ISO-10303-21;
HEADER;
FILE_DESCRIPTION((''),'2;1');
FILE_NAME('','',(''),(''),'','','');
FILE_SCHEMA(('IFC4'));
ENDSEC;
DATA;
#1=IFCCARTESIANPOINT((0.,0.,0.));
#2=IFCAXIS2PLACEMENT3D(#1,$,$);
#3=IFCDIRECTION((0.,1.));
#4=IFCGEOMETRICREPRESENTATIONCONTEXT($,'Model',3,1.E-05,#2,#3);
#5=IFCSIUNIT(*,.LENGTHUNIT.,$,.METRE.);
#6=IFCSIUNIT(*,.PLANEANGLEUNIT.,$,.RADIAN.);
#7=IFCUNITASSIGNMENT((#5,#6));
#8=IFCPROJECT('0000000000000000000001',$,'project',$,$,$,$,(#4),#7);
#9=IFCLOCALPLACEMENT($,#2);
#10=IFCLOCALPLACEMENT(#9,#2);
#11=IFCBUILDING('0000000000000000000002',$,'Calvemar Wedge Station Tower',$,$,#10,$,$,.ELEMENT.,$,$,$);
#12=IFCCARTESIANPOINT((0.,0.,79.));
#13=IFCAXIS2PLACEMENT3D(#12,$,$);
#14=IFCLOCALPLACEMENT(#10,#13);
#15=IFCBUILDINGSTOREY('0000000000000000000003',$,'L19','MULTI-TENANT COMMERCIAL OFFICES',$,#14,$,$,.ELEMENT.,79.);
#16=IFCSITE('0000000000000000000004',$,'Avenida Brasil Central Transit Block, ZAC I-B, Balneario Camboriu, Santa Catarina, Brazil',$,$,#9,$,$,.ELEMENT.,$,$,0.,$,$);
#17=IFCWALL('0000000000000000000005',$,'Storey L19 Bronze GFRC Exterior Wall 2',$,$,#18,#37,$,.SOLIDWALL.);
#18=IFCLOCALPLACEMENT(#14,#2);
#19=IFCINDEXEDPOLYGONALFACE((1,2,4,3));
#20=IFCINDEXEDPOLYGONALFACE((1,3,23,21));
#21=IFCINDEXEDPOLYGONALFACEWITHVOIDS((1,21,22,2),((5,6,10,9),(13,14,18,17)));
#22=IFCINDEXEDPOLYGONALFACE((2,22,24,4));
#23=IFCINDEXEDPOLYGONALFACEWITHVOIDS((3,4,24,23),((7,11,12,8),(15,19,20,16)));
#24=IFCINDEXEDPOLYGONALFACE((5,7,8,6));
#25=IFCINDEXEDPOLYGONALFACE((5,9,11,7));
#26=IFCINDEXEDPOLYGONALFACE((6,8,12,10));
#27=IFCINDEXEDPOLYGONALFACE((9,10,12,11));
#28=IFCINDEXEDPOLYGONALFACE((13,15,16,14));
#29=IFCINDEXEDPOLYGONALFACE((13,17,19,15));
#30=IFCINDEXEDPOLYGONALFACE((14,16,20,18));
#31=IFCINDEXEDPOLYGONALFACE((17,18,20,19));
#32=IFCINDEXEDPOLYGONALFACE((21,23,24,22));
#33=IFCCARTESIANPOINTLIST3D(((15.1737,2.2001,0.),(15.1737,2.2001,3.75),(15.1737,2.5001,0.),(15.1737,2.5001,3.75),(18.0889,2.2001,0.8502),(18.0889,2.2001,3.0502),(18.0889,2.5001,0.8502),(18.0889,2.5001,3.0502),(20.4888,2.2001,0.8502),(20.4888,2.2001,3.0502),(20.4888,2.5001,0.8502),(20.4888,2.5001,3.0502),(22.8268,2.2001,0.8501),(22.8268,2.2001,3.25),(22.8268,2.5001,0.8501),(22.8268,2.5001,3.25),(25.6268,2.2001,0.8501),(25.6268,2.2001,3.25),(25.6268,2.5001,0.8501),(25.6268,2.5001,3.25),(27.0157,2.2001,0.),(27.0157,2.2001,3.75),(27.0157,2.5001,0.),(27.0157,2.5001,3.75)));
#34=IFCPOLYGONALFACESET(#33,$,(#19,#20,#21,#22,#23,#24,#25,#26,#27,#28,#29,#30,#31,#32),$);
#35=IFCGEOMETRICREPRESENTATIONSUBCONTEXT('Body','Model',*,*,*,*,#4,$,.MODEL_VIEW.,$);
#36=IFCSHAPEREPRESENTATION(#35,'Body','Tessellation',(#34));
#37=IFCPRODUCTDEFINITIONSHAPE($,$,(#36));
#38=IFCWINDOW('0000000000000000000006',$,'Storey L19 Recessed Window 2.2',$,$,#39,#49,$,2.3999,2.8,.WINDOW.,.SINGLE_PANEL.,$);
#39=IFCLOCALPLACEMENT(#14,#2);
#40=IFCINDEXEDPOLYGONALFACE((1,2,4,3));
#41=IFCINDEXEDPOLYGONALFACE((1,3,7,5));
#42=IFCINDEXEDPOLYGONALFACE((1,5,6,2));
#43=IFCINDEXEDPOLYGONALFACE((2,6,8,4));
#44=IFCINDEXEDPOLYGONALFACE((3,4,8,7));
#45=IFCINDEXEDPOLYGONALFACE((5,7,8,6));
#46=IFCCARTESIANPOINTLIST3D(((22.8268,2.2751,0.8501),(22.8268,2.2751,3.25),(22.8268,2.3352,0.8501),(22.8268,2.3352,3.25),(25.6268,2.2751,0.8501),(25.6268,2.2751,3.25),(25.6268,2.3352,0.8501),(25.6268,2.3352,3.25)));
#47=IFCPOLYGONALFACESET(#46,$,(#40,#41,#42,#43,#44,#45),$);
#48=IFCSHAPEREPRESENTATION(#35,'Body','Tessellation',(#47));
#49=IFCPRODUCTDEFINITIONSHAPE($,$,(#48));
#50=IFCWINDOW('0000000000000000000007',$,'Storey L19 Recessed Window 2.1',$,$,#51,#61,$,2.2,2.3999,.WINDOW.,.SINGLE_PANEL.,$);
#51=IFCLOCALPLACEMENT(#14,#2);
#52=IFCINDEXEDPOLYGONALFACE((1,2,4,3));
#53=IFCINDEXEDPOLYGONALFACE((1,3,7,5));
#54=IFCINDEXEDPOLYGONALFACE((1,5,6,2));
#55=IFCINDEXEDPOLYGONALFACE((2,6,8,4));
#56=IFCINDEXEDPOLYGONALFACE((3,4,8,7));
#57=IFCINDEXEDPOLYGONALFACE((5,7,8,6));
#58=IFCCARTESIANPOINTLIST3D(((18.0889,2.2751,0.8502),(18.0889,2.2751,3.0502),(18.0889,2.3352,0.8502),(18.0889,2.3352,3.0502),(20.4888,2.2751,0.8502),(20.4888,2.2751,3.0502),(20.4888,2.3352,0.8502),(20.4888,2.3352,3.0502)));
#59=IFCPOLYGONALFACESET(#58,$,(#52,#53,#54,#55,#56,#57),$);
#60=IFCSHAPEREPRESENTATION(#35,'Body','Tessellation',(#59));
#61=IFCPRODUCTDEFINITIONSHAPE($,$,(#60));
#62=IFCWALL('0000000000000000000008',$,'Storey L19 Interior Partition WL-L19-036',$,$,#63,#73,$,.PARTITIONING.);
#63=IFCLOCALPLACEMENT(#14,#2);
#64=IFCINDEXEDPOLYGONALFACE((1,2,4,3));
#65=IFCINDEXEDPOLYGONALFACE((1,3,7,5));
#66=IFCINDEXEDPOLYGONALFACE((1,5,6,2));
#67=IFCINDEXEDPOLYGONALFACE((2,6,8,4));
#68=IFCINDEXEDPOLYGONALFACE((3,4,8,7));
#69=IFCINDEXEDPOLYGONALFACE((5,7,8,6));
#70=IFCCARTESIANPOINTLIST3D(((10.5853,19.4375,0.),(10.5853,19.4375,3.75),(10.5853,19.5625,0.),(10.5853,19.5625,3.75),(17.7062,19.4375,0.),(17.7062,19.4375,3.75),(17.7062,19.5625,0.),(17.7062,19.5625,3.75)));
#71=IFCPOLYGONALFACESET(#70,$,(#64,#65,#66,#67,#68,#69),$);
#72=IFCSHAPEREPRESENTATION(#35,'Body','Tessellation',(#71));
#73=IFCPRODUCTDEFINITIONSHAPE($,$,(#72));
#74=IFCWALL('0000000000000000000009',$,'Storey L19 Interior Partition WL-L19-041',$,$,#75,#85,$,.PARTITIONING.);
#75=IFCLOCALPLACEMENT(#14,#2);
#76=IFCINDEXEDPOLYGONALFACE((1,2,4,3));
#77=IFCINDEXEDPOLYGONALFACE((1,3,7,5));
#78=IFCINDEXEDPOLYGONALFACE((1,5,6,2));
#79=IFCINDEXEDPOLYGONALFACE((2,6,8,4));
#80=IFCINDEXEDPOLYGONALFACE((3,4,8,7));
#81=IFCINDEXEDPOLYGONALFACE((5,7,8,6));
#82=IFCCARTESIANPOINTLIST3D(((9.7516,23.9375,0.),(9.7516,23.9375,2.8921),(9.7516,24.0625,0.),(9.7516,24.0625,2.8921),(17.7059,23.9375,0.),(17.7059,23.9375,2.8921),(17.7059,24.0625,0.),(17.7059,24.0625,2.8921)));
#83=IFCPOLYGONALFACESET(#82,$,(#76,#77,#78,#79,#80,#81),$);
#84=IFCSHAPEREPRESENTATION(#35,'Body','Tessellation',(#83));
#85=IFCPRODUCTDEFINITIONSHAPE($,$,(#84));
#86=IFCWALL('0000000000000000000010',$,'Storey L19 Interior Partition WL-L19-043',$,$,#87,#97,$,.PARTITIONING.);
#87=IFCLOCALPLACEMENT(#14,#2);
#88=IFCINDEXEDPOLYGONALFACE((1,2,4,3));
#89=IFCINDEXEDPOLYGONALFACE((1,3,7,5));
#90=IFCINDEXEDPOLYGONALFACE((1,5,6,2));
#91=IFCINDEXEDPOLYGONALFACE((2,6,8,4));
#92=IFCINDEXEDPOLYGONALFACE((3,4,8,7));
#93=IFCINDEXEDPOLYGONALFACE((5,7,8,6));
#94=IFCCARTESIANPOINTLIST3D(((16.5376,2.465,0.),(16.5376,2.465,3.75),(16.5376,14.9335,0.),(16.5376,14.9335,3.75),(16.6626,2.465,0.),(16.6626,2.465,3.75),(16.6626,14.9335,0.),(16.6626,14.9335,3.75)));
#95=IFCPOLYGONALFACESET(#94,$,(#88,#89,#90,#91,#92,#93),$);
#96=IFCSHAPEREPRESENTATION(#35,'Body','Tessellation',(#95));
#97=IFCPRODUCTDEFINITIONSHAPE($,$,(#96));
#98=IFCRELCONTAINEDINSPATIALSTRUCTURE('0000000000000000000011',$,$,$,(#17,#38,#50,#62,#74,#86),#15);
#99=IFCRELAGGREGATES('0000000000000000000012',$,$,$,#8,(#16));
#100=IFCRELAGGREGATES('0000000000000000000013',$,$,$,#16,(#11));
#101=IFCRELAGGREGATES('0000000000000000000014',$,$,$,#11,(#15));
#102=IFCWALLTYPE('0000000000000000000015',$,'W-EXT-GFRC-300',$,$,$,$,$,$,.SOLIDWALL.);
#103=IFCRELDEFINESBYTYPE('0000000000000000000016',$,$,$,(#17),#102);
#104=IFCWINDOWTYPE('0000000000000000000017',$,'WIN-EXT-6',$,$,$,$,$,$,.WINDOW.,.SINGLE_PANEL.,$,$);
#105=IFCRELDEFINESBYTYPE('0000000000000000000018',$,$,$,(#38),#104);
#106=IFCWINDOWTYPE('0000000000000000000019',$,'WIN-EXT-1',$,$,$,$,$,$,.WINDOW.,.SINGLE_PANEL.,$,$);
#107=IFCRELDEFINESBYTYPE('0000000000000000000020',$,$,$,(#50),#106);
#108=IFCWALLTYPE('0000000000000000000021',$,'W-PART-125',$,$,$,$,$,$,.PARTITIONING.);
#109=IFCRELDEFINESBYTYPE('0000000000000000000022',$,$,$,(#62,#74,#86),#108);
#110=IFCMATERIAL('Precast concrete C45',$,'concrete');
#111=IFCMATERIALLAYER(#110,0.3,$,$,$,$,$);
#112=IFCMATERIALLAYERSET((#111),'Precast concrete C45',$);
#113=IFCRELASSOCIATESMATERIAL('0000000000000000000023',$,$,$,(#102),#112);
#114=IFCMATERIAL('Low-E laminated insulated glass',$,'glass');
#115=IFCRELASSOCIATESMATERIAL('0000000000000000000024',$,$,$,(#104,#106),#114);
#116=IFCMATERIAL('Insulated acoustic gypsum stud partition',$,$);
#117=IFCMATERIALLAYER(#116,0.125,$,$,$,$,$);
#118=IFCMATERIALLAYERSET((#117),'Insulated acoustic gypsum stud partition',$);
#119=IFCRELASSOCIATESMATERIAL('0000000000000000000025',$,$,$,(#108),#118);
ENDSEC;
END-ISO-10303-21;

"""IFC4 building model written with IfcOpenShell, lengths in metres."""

from ifc_helpers import new_model, si_unit, direction, frame, frame_2d, origin, place, context, subcontext, project, spatial, rectangle, extrude, source, transform, mapped, material, layer, layer_set, type_object, element, fill, save


model = new_model("IFC4")

# Units and contexts
model_context = context("Model", 3, precision=1e-05, world=origin(), true_north=direction((0.0, 1.0)))
body_context = subcontext(model_context, "Body", "Model", "MODEL_VIEW")
ifc_project = project(units=[si_unit("LENGTHUNIT", "METRE"), si_unit("PLANEANGLEUNIT", "RADIAN")], contexts=[model_context])

# Site, building, storey
site_placement = place(None, origin())
site = spatial("IfcSite", under=ifc_project, at=site_placement, Name="Avenida Brasil Central Transit Block, ZAC I-B, Balneario Camboriu, Santa Catarina, Brazil", CompositionType="ELEMENT", RefElevation=0.0)
building_placement = place(site_placement, origin())
building = spatial("IfcBuilding", under=site, at=building_placement, Name="Calvemar Wedge Station Tower", CompositionType="ELEMENT")
storey_placement = place(building_placement, frame((0.0, 0.0, 79.0)))
storey = spatial("IfcBuildingStorey", under=building, at=storey_placement, Name="L19", Description="MULTI-TENANT COMMERCIAL OFFICES", CompositionType="ELEMENT", Elevation=79.0)

# Shared definitions
ifc_material_1 = material(Name="Precast concrete C45", Category="concrete")
ifc_layer_1 = layer(ifc_material_1, 0.3)
ifc_layer_set_1 = layer_set([ifc_layer_1], Name="Precast concrete C45")
wall_type_1 = type_object("IfcWallType", Name="W-EXT-GFRC-300", PredefinedType="SOLIDWALL", material=ifc_layer_set_1)
shared_shape_1 = source(origin(), body_context, "Body", "SweptSolid", [
    extrude(rectangle(XDim=2.8, YDim=2.3999, at=frame_2d((1.3999, 1.2))), frame((0.0, 0.1602, 0.0), z_axis=(0.0, -1.0, 0.0), x_axis=(1.0, 0.0, 0.0)), (0.0, 0.0, 1.0), 0.3201),
])
ifc_material_2 = material(Name="Low-E laminated insulated glass", Category="glass")
window_type_1 = type_object("IfcWindowType", Name="WIN-EXT-6", PartitioningType="SINGLE_PANEL", PredefinedType="WINDOW", material=ifc_material_2)
shared_shape_2 = source(origin(), body_context, "Body", "SweptSolid", [
    extrude(rectangle(XDim=2.8, YDim=2.3999, at=frame_2d((1.3999, 1.2))), frame((0.0, -0.0149, 0.0), z_axis=(0.0, -1.0, 0.0), x_axis=(1.0, 0.0, 0.0)), (0.0, 0.0, 1.0), 0.0601),
])

# Wall, openings, windows
wall_1_placement = place(storey_placement, frame((15.1738, 2.3501, 0.0), z_axis=(0.0, 0.0, 1.0), x_axis=(1.0, 0.0, 0.0)))
wall_1 = element("IfcWall", 1, at=wall_1_placement, inside=storey, type_object=wall_type_1, Name="Storey L19 Bronze GFRC Exterior Wall 2", PredefinedType="SOLIDWALL", context=body_context, shape_type="SweptSolid", body=[
    extrude(rectangle(XDim=11.842, YDim=0.3, at=frame_2d((5.9209, 0.0))), origin(), (0.0, 0.0, 1.0), 3.75),
])
shared_shape_3 = source(origin(), body_context, "Body", "SweptSolid", [
    extrude(rectangle(XDim=2.3999, YDim=2.2, at=frame_2d((1.2, 1.1001))), frame((0.0, 0.1602, 0.0), z_axis=(0.0, -1.0, 0.0), x_axis=(1.0, 0.0, 0.0)), (0.0, 0.0, 1.0), 0.3201),
])
opening_1_placement = place(wall_1_placement, frame((2.915, 0.0, 0.8501)))
opening_1 = element("IfcOpeningElement", 2, at=opening_1_placement, cuts=wall_1, PredefinedType="OPENING", context=body_context, shape_type="MappedRepresentation", body=[
    mapped(shared_shape_3, transform((0.0, 0.0, 0.0), scale=1.0)),
])
opening_2_placement = place(wall_1_placement, frame((7.6531, 0.0, 0.8501)))
opening_2 = element("IfcOpeningElement", 3, at=opening_2_placement, cuts=wall_1, PredefinedType="OPENING", context=body_context, shape_type="MappedRepresentation", body=[
    mapped(shared_shape_1, transform((0.0, 0.0, 0.0), scale=1.0)),
])
window_1_placement = place(opening_2_placement, origin())
window_1 = element("IfcWindow", 4, at=window_1_placement, inside=storey, type_object=window_type_1, Name="Storey L19 Recessed Window 2.2", OverallHeight=2.3999, OverallWidth=2.8, PartitioningType="SINGLE_PANEL", PredefinedType="WINDOW", context=body_context, shape_type="MappedRepresentation", body=[
    mapped(shared_shape_2, transform((0.0, 0.0, 0.0), scale=1.0)),
])
fill(opening_2, window_1)
window_type_2 = type_object("IfcWindowType", Name="WIN-EXT-1", PartitioningType="SINGLE_PANEL", PredefinedType="WINDOW", material=ifc_material_2)
shared_shape_4 = source(origin(), body_context, "Body", "SweptSolid", [
    extrude(rectangle(XDim=2.3999, YDim=2.2, at=frame_2d((1.2, 1.1001))), frame((0.0, -0.0149, 0.0), z_axis=(0.0, -1.0, 0.0), x_axis=(1.0, 0.0, 0.0)), (0.0, 0.0, 1.0), 0.0601),
])
window_2_placement = place(opening_1_placement, origin())
window_2 = element("IfcWindow", 5, at=window_2_placement, inside=storey, type_object=window_type_2, Name="Storey L19 Recessed Window 2.1", OverallHeight=2.2, OverallWidth=2.3999, PartitioningType="SINGLE_PANEL", PredefinedType="WINDOW", context=body_context, shape_type="MappedRepresentation", body=[
    mapped(shared_shape_4, transform((0.0, 0.0, 0.0), scale=1.0)),
])
fill(opening_1, window_2)

# Walls
ifc_material_3 = material(Name="Insulated acoustic gypsum stud partition")
ifc_layer_2 = layer(ifc_material_3, 0.125)
ifc_layer_set_2 = layer_set([ifc_layer_2], Name="Insulated acoustic gypsum stud partition")
wall_type_2 = type_object("IfcWallType", Name="W-PART-125", PredefinedType="PARTITIONING", material=ifc_layer_set_2)
wall_2_placement = place(storey_placement, frame((10.5852, 19.5, 0.0), z_axis=(0.0, 0.0, 1.0), x_axis=(1.0, 0.0, 0.0)))
element("IfcWall", 6, at=wall_2_placement, inside=storey, type_object=wall_type_2, Name="Storey L19 Interior Partition WL-L19-036", PredefinedType="PARTITIONING", context=body_context, shape_type="SweptSolid", body=[
    extrude(rectangle(XDim=7.1208, YDim=0.125, at=frame_2d((3.5605, 0.0))), origin(), (0.0, 0.0, 1.0), 3.75),
])
wall_3_placement = place(storey_placement, frame((9.7517, 24.0, 0.0), z_axis=(0.0, 0.0, 1.0), x_axis=(1.0, 0.0, 0.0)))
element("IfcWall", 7, at=wall_3_placement, inside=storey, type_object=wall_type_2, Name="Storey L19 Interior Partition WL-L19-041", PredefinedType="PARTITIONING", context=body_context, shape_type="SweptSolid", body=[
    extrude(rectangle(XDim=7.9543, YDim=0.125, at=frame_2d((3.9771, 0.0))), origin(), (0.0, 0.0, 1.0), 2.8921),
])
wall_4_placement = place(storey_placement, frame((16.6001, 14.9336, 0.0), z_axis=(0.0, 0.0, 1.0), x_axis=(0.0, -1.0, 0.0)))
element("IfcWall", 8, at=wall_4_placement, inside=storey, type_object=wall_type_2, Name="Storey L19 Interior Partition WL-L19-043", PredefinedType="PARTITIONING", context=body_context, shape_type="SweptSolid", body=[
    extrude(rectangle(XDim=12.4685, YDim=0.125, at=frame_2d((6.2344, 0.0))), origin(), (0.0, 0.0, 1.0), 3.75),
])

save(model, "model.ifc")
